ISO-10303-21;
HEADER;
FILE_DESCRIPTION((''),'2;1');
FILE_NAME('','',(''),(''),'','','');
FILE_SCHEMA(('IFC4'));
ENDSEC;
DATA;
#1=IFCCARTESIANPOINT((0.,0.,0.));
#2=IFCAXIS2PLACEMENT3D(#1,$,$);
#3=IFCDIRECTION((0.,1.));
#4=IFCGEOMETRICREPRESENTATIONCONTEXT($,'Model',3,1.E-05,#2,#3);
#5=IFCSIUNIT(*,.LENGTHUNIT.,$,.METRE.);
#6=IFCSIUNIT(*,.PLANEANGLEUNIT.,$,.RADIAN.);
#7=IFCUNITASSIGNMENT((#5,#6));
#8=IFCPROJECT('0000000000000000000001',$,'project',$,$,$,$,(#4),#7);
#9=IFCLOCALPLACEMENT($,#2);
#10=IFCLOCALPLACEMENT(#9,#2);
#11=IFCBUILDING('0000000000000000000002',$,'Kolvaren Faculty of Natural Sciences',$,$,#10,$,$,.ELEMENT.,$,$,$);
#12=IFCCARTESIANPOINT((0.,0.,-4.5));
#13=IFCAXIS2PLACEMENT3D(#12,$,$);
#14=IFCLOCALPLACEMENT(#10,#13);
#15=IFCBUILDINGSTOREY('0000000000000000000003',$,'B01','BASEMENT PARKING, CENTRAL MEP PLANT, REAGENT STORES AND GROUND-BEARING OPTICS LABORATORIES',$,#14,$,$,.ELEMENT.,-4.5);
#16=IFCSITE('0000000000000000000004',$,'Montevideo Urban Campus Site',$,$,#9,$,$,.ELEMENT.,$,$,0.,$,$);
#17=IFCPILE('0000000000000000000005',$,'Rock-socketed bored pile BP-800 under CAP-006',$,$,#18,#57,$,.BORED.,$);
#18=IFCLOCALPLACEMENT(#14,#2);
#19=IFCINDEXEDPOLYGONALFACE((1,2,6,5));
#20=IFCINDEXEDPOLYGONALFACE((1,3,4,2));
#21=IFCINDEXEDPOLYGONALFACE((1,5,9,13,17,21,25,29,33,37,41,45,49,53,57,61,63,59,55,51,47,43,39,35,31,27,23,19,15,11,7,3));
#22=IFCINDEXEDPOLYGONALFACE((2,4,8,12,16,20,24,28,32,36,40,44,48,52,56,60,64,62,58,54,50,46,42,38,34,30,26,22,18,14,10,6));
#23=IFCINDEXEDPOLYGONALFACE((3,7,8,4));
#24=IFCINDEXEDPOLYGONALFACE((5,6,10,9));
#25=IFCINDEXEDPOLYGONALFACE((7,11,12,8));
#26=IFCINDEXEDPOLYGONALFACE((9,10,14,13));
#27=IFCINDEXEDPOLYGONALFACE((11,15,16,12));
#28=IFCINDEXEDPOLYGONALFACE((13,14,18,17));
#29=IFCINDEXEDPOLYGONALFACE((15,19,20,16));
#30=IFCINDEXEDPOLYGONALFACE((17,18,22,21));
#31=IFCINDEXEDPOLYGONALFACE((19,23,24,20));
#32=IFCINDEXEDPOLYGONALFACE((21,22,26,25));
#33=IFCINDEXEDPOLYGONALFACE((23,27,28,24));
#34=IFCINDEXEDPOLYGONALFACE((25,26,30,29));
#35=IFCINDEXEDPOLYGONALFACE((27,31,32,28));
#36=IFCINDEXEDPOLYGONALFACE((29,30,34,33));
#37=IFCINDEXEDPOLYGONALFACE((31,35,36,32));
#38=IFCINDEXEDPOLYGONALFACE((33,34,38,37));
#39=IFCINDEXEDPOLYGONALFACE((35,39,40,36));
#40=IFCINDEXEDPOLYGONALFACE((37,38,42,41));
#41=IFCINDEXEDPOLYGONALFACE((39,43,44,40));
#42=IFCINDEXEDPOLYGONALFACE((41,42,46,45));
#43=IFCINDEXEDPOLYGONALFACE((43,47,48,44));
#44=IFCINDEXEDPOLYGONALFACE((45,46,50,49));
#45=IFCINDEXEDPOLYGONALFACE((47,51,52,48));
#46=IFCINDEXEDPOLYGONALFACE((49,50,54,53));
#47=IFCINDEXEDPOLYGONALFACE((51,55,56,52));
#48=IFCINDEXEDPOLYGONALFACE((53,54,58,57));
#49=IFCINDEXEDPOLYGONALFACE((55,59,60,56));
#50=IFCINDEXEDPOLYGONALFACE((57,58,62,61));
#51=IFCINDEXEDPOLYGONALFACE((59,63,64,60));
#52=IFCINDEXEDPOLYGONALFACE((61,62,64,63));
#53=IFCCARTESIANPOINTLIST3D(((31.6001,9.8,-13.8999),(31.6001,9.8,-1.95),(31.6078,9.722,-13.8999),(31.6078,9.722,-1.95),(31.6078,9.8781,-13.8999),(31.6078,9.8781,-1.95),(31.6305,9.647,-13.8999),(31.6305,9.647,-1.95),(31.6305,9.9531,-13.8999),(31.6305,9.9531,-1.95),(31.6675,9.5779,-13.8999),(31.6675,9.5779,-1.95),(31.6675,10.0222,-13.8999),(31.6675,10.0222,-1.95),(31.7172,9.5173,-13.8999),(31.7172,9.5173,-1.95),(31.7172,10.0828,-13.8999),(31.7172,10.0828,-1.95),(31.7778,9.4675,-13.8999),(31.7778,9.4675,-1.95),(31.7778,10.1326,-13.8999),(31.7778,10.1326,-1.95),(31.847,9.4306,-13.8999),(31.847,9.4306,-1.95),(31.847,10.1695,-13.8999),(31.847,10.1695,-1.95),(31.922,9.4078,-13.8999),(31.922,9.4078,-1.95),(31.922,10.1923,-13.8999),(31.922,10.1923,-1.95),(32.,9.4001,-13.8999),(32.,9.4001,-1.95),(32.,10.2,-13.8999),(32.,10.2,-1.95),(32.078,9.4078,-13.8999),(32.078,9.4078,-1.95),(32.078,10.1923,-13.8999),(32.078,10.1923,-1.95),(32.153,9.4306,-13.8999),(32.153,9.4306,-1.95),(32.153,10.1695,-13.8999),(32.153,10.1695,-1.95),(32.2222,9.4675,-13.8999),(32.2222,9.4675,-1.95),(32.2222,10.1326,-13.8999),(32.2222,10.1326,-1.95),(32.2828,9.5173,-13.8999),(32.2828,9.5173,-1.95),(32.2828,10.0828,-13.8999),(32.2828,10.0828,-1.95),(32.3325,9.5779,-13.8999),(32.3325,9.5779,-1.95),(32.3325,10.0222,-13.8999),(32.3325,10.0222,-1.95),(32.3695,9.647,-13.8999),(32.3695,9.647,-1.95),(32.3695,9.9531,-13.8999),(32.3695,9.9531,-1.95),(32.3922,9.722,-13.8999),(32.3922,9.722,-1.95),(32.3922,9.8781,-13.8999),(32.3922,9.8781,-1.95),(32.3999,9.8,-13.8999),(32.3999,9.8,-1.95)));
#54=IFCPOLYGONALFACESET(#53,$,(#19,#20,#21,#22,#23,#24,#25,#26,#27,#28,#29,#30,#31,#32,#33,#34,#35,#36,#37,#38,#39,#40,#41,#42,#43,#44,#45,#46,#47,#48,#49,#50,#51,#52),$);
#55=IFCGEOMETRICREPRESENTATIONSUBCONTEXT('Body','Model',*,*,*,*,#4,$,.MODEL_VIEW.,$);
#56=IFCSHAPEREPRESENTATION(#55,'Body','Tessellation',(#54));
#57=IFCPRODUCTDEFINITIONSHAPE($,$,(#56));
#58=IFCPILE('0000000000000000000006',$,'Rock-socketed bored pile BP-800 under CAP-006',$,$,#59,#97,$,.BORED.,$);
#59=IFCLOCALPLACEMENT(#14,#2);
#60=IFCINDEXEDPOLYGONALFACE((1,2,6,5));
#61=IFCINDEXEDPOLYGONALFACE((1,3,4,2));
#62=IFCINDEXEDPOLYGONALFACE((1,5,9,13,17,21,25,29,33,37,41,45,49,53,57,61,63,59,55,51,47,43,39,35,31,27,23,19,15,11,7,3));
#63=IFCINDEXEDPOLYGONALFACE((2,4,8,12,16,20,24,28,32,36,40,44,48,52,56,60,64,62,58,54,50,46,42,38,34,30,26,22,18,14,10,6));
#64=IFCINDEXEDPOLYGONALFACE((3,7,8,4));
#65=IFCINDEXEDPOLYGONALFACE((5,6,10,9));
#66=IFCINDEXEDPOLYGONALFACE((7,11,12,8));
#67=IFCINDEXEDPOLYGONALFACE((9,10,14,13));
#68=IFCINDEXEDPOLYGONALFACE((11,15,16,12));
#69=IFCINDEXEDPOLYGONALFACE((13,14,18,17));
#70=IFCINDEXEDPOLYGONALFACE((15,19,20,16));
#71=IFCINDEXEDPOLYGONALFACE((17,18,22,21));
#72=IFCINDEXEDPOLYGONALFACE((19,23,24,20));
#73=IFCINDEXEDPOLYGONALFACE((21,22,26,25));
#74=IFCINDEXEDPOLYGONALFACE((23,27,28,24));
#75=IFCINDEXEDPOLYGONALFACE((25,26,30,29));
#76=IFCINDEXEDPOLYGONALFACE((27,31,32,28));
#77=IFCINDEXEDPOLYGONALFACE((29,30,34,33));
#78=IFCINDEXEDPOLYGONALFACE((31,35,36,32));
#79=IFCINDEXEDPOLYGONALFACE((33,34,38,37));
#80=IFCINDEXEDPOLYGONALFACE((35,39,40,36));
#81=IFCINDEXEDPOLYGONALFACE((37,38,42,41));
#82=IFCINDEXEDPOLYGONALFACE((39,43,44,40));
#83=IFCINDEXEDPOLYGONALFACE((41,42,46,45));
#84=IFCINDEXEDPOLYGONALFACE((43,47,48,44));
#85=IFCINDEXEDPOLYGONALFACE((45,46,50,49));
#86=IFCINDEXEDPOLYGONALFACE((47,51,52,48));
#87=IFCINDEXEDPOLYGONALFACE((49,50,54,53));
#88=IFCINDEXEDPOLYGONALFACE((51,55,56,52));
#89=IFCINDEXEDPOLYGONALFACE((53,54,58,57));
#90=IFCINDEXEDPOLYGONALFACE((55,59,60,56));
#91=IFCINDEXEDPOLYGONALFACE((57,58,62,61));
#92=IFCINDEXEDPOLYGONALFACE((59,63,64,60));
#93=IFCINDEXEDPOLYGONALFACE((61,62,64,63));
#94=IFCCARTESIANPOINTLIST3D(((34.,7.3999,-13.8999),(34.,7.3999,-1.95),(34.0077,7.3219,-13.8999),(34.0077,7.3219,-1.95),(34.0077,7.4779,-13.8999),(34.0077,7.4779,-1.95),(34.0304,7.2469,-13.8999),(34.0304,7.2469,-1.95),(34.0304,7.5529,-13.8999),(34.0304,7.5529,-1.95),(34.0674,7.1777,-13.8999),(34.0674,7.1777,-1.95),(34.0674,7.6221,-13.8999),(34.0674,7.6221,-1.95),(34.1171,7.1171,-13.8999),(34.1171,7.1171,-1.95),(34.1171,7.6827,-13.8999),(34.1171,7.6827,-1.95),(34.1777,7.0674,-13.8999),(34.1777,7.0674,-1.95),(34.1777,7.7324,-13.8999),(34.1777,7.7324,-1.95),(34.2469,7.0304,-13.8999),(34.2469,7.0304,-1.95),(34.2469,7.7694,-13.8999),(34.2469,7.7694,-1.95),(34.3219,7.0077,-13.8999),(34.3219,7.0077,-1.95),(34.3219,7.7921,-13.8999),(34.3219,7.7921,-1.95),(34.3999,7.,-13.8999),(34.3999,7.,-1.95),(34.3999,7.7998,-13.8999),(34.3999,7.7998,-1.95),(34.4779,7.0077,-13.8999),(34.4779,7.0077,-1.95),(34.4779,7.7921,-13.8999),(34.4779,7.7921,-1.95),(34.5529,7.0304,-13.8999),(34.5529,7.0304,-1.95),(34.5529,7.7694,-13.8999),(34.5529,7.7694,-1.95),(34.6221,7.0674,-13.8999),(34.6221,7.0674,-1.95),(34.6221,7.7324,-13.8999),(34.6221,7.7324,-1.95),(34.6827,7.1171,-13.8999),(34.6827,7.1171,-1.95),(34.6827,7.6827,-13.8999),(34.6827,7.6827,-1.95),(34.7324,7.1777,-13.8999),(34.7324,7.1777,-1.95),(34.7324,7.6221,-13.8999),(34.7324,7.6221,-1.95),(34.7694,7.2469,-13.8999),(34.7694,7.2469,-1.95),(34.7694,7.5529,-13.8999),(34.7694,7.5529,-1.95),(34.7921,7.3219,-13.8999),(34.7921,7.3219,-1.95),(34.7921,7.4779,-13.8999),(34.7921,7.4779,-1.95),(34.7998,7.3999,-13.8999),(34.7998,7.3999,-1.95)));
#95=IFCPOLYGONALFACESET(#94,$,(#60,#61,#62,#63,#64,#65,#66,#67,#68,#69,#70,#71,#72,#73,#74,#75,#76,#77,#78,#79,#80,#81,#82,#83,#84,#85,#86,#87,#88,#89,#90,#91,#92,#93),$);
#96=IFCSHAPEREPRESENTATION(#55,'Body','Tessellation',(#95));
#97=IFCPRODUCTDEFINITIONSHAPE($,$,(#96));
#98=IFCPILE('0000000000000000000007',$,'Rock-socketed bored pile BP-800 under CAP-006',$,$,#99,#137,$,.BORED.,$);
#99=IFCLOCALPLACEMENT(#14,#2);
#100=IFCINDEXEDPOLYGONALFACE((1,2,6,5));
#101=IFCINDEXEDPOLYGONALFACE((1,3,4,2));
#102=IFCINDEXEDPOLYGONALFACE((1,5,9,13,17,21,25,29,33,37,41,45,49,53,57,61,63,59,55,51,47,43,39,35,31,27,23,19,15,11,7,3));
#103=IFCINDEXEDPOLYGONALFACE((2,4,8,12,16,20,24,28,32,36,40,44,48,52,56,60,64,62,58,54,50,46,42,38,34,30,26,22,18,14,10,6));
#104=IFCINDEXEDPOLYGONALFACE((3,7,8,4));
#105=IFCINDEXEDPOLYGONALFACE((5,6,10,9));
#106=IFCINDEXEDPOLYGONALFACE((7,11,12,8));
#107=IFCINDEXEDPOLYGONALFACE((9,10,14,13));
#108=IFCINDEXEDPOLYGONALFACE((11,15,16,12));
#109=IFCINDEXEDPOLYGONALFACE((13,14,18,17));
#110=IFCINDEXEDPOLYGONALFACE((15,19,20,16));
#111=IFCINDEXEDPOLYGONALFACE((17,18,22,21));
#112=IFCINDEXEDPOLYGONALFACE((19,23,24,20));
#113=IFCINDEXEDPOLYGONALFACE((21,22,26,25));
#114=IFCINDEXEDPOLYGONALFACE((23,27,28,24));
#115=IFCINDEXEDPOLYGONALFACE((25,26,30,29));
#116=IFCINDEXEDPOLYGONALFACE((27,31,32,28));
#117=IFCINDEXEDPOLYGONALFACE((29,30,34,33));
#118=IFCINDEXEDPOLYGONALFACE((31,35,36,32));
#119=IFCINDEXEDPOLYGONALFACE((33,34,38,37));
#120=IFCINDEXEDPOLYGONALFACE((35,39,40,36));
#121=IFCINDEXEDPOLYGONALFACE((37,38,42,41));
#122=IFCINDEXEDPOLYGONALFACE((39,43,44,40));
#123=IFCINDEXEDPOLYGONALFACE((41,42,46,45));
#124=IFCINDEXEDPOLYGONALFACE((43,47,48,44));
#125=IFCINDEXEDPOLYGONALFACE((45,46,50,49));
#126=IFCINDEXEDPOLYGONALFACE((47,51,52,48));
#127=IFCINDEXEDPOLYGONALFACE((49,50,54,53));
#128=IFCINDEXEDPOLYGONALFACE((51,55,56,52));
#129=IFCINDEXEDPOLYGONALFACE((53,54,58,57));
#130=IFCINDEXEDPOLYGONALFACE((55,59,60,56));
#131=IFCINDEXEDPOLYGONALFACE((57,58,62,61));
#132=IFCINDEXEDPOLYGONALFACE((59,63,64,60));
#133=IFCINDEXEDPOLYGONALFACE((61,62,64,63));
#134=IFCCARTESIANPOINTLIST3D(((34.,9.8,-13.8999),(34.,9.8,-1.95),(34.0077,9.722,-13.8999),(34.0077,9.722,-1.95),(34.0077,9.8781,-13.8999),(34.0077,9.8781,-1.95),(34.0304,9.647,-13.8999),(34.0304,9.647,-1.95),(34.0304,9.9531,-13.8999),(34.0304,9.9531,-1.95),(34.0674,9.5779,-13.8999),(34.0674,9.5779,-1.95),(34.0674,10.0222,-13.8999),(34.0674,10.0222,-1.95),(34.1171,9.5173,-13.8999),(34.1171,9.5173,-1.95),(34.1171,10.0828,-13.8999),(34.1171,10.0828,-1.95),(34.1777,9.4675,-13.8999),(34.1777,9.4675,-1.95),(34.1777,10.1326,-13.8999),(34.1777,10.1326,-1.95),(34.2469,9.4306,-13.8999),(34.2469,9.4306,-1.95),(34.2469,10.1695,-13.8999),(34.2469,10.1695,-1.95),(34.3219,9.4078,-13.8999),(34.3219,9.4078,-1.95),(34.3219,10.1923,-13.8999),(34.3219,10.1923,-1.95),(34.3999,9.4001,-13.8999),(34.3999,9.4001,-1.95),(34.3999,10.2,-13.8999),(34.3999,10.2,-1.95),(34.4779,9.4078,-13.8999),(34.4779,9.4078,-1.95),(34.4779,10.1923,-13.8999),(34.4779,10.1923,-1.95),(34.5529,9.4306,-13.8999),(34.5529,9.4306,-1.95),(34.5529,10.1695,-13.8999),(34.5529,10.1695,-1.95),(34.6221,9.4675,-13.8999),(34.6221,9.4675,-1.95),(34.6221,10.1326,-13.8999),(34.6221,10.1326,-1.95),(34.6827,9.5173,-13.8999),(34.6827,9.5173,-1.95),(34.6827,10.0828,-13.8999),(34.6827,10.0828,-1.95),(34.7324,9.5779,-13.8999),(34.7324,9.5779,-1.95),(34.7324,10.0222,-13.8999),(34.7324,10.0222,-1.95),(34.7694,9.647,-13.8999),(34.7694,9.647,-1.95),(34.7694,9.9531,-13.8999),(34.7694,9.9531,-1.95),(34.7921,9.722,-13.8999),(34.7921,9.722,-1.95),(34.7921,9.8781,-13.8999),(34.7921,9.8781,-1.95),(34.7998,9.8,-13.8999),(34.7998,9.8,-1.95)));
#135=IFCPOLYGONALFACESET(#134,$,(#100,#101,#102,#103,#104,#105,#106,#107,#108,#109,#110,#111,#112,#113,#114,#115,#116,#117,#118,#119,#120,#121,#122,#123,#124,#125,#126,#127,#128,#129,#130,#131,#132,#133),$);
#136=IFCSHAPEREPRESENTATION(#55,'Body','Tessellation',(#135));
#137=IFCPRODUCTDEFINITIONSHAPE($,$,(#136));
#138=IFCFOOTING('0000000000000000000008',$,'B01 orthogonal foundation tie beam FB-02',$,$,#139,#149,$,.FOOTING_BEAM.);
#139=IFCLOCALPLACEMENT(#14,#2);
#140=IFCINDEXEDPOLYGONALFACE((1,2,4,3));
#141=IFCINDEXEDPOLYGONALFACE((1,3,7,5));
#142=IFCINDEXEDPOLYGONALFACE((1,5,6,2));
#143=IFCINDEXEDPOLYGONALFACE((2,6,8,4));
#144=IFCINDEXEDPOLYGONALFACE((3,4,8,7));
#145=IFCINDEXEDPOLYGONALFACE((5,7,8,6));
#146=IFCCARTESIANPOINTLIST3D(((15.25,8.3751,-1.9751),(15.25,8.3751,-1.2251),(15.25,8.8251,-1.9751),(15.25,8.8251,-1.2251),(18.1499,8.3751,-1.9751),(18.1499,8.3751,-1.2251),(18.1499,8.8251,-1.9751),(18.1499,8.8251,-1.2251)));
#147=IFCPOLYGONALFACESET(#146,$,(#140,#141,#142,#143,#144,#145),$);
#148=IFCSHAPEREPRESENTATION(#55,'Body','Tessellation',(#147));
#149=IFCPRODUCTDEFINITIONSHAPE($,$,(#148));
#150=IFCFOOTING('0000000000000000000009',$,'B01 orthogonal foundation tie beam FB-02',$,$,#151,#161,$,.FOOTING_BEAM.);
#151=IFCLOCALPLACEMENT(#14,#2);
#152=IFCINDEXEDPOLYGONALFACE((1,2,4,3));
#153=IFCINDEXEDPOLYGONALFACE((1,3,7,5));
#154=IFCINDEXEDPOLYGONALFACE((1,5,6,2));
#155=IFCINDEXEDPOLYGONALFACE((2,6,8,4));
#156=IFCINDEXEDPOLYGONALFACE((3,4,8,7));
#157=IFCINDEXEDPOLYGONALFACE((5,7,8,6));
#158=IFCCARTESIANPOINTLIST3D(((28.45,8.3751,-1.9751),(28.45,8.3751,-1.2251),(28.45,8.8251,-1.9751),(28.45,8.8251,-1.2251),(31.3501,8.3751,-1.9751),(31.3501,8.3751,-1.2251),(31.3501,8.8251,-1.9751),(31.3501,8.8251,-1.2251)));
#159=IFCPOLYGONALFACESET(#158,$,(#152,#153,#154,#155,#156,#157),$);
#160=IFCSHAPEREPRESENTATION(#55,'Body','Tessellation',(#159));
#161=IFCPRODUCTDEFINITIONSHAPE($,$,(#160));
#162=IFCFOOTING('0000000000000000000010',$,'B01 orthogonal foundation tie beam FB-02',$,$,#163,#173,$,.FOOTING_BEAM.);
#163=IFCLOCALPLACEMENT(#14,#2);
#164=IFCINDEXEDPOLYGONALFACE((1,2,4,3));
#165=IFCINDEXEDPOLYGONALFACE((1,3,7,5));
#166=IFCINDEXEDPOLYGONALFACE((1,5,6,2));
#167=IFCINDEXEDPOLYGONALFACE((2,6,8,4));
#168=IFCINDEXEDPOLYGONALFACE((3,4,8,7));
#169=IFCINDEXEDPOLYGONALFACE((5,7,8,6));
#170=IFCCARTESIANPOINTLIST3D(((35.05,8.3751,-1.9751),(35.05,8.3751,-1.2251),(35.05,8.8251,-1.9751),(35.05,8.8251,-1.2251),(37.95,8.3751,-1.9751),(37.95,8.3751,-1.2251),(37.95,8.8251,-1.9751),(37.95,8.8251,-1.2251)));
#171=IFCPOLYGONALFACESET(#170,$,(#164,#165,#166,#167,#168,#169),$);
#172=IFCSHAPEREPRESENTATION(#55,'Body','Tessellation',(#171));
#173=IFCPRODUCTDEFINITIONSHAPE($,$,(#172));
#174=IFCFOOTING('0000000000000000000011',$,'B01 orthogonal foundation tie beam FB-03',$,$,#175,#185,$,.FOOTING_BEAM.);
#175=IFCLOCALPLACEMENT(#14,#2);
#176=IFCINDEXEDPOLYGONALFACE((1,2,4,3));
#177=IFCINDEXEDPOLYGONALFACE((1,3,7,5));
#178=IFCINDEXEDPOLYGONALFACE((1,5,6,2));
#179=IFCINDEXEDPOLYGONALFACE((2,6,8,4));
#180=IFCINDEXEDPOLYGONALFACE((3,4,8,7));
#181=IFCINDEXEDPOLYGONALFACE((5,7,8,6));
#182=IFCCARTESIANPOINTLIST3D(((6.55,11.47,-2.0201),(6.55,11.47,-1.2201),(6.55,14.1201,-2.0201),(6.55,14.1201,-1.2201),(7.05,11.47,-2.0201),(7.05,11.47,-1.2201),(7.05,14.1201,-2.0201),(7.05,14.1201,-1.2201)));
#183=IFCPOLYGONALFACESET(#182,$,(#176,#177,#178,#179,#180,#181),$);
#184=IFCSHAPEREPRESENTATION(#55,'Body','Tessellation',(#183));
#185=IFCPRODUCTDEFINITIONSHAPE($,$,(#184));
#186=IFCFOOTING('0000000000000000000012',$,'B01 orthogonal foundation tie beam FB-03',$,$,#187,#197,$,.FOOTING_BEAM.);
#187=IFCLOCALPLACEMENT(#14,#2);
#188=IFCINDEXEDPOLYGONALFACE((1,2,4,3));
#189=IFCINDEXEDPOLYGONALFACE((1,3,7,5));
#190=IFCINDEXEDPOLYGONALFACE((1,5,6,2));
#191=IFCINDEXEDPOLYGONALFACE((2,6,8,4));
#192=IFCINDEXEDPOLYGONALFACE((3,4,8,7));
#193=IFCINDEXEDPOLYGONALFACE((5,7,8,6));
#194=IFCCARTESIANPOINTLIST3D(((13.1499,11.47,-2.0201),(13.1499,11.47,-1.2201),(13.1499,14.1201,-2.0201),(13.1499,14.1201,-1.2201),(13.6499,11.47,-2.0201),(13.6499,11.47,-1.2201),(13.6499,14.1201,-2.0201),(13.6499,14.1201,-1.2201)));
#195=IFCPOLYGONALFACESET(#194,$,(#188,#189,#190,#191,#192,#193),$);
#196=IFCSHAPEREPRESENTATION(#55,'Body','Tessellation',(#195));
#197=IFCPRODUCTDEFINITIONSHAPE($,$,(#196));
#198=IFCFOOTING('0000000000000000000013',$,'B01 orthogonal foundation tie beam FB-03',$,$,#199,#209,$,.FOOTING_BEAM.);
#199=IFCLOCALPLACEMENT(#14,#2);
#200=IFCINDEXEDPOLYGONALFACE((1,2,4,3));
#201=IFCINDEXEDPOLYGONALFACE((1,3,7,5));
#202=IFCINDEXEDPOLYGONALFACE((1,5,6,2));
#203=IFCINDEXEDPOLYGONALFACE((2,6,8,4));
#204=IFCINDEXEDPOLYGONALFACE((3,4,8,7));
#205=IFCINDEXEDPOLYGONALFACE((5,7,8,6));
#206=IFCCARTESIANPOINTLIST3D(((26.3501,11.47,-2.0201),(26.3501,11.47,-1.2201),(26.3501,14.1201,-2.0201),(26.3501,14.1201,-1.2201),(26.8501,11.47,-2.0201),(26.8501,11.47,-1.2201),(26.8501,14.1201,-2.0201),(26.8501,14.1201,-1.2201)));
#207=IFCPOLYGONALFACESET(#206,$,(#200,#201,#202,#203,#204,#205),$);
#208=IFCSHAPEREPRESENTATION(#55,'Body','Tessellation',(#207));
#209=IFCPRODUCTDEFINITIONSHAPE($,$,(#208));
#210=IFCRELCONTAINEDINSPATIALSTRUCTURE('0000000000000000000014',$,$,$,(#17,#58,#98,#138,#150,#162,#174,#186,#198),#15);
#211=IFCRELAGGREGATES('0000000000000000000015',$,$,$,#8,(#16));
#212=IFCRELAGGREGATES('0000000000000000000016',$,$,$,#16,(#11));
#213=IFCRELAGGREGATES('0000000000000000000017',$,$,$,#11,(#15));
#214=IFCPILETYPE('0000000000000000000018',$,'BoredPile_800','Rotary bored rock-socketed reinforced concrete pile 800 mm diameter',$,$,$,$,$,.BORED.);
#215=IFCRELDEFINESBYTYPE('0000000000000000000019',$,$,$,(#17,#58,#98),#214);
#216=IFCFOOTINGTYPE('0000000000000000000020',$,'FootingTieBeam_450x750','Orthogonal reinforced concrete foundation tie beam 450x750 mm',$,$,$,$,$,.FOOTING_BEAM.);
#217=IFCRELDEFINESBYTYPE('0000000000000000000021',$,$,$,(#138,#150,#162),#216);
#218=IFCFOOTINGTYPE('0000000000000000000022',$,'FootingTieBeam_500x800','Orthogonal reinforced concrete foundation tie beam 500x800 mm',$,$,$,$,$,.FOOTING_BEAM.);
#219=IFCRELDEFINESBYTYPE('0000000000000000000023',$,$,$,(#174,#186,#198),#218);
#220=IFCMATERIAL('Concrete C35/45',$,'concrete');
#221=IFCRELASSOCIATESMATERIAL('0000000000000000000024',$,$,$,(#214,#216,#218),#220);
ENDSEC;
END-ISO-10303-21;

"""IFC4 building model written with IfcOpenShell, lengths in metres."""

from ifc_helpers import new_model, si_unit, direction, frame, origin, origin_2d, place, context, subcontext, project, spatial, rectangle, circle, extrude, material, material_profile, profile_set, type_object, element, save


model = new_model("IFC4")

# Units and contexts
model_context = context("Model", 3, precision=1e-05, world=origin(), true_north=direction((0.0, 1.0)))
body_context = subcontext(model_context, "Body", "Model", "MODEL_VIEW")
ifc_project = project(units=[si_unit("LENGTHUNIT", "METRE"), si_unit("PLANEANGLEUNIT", "RADIAN")], contexts=[model_context])

# Site, building, storey
site_placement = place(None, origin())
site = spatial("IfcSite", under=ifc_project, at=site_placement, Name="Montevideo Urban Campus Site", CompositionType="ELEMENT", RefElevation=0.0)
building_placement = place(site_placement, origin())
building = spatial("IfcBuilding", under=site, at=building_placement, Name="Kolvaren Faculty of Natural Sciences", CompositionType="ELEMENT")
storey_placement = place(building_placement, frame((0.0, 0.0, -4.5)))
storey = spatial("IfcBuildingStorey", under=building, at=storey_placement, Name="B01", Description="BASEMENT PARKING, CENTRAL MEP PLANT, REAGENT STORES AND GROUND-BEARING OPTICS LABORATORIES", CompositionType="ELEMENT", Elevation=-4.5)

# Piles
ifc_material_1 = material(Name="Concrete C35/45", Category="concrete")
ifc_material_profile_1 = material_profile(ifc_material_1, circle(Radius=0.3999, at=origin_2d()), Name="PILE D800")
ifc_profile_set_1 = profile_set([ifc_material_profile_1], Name="Concrete C35/45")
pile_type = type_object("IfcPileType", Name="BoredPile_800", Description="Rotary bored rock-socketed reinforced concrete pile 800 mm diameter", PredefinedType="BORED", material=ifc_profile_set_1)
for number, where, z_axis, x_axis, name in (
    (1, (32.0, 9.8, -1.95), (0.0, 0.0, -1.0), (1.0, 0.0, 0.0), "Rock-socketed bored pile BP-800 under CAP-006"),
    (2, (34.3999, 7.3999, -1.95), (0.0, 0.0, -1.0), (1.0, 0.0, 0.0), "Rock-socketed bored pile BP-800 under CAP-006"),
    (3, (34.3999, 9.8, -1.95), (0.0, 0.0, -1.0), (1.0, 0.0, 0.0), "Rock-socketed bored pile BP-800 under CAP-006"),
):
    element("IfcPile", number, at=place(storey_placement, frame(where, z_axis=z_axis, x_axis=x_axis)), inside=storey, type_object=pile_type, Name=name, PredefinedType="BORED", context=body_context, shape_type="SweptSolid", body=[
        extrude(circle(Radius=0.3999, at=origin_2d()), origin(), (0.0, 0.0, 1.0), 11.95),
    ])

# Footings
ifc_material_profile_2 = material_profile(ifc_material_1, rectangle(XDim=0.45, YDim=0.75, at=origin_2d()), Name="RC FB 450x750")
ifc_profile_set_2 = profile_set([ifc_material_profile_2], Name="Concrete C35/45")
footing_type_1 = type_object("IfcFootingType", Name="FootingTieBeam_450x750", Description="Orthogonal reinforced concrete foundation tie beam 450x750 mm", PredefinedType="FOOTING_BEAM", material=ifc_profile_set_2)
footing_1_placement = place(storey_placement, frame((15.25, 8.6001, -1.6001), z_axis=(1.0, 0.0, 0.0), x_axis=(0.0, 1.0, 0.0)))
element("IfcFooting", 4, at=footing_1_placement, inside=storey, type_object=footing_type_1, Name="B01 orthogonal foundation tie beam FB-02", PredefinedType="FOOTING_BEAM", context=body_context, shape_type="SweptSolid", body=[
    extrude(rectangle(XDim=0.45, YDim=0.75, at=origin_2d()), origin(), (0.0, 0.0, 1.0), 2.8999),
])
footing_2_placement = place(storey_placement, frame((28.45, 8.6001, -1.6001), z_axis=(1.0, 0.0, 0.0), x_axis=(0.0, 1.0, 0.0)))
element("IfcFooting", 5, at=footing_2_placement, inside=storey, type_object=footing_type_1, Name="B01 orthogonal foundation tie beam FB-02", PredefinedType="FOOTING_BEAM", context=body_context, shape_type="SweptSolid", body=[
    extrude(rectangle(XDim=0.45, YDim=0.75, at=origin_2d()), origin(), (0.0, 0.0, 1.0), 2.9001),
])
footing_3_placement = place(storey_placement, frame((35.05, 8.6001, -1.6001), z_axis=(1.0, 0.0, 0.0), x_axis=(0.0, 1.0, 0.0)))
element("IfcFooting", 6, at=footing_3_placement, inside=storey, type_object=footing_type_1, Name="B01 orthogonal foundation tie beam FB-02", PredefinedType="FOOTING_BEAM", context=body_context, shape_type="SweptSolid", body=[
    extrude(rectangle(XDim=0.45, YDim=0.75, at=origin_2d()), origin(), (0.0, 0.0, 1.0), 2.8999),
])
ifc_material_profile_3 = material_profile(ifc_material_1, rectangle(XDim=0.5, YDim=0.8, at=origin_2d()), Name="RC FB 500x800")
ifc_profile_set_3 = profile_set([ifc_material_profile_3], Name="Concrete C35/45")
footing_type_2 = type_object("IfcFootingType", Name="FootingTieBeam_500x800", Description="Orthogonal reinforced concrete foundation tie beam 500x800 mm", PredefinedType="FOOTING_BEAM", material=ifc_profile_set_3)
for number, where, z_axis, x_axis, name in (
    (7, (6.8, 11.47, -1.6201), (0.0, 1.0, 0.0), (-1.0, 0.0, 0.0), "B01 orthogonal foundation tie beam FB-03"),
    (8, (13.3999, 11.47, -1.6201), (0.0, 1.0, 0.0), (-1.0, 0.0, 0.0), "B01 orthogonal foundation tie beam FB-03"),
    (9, (26.6001, 11.47, -1.6201), (0.0, 1.0, 0.0), (-1.0, 0.0, 0.0), "B01 orthogonal foundation tie beam FB-03"),
):
    element("IfcFooting", number, at=place(storey_placement, frame(where, z_axis=z_axis, x_axis=x_axis)), inside=storey, type_object=footing_type_2, Name=name, PredefinedType="FOOTING_BEAM", context=body_context, shape_type="SweptSolid", body=[
        extrude(rectangle(XDim=0.5, YDim=0.8, at=origin_2d()), origin(), (0.0, 0.0, 1.0), 2.6501),
    ])

save(model, "model.ifc")
